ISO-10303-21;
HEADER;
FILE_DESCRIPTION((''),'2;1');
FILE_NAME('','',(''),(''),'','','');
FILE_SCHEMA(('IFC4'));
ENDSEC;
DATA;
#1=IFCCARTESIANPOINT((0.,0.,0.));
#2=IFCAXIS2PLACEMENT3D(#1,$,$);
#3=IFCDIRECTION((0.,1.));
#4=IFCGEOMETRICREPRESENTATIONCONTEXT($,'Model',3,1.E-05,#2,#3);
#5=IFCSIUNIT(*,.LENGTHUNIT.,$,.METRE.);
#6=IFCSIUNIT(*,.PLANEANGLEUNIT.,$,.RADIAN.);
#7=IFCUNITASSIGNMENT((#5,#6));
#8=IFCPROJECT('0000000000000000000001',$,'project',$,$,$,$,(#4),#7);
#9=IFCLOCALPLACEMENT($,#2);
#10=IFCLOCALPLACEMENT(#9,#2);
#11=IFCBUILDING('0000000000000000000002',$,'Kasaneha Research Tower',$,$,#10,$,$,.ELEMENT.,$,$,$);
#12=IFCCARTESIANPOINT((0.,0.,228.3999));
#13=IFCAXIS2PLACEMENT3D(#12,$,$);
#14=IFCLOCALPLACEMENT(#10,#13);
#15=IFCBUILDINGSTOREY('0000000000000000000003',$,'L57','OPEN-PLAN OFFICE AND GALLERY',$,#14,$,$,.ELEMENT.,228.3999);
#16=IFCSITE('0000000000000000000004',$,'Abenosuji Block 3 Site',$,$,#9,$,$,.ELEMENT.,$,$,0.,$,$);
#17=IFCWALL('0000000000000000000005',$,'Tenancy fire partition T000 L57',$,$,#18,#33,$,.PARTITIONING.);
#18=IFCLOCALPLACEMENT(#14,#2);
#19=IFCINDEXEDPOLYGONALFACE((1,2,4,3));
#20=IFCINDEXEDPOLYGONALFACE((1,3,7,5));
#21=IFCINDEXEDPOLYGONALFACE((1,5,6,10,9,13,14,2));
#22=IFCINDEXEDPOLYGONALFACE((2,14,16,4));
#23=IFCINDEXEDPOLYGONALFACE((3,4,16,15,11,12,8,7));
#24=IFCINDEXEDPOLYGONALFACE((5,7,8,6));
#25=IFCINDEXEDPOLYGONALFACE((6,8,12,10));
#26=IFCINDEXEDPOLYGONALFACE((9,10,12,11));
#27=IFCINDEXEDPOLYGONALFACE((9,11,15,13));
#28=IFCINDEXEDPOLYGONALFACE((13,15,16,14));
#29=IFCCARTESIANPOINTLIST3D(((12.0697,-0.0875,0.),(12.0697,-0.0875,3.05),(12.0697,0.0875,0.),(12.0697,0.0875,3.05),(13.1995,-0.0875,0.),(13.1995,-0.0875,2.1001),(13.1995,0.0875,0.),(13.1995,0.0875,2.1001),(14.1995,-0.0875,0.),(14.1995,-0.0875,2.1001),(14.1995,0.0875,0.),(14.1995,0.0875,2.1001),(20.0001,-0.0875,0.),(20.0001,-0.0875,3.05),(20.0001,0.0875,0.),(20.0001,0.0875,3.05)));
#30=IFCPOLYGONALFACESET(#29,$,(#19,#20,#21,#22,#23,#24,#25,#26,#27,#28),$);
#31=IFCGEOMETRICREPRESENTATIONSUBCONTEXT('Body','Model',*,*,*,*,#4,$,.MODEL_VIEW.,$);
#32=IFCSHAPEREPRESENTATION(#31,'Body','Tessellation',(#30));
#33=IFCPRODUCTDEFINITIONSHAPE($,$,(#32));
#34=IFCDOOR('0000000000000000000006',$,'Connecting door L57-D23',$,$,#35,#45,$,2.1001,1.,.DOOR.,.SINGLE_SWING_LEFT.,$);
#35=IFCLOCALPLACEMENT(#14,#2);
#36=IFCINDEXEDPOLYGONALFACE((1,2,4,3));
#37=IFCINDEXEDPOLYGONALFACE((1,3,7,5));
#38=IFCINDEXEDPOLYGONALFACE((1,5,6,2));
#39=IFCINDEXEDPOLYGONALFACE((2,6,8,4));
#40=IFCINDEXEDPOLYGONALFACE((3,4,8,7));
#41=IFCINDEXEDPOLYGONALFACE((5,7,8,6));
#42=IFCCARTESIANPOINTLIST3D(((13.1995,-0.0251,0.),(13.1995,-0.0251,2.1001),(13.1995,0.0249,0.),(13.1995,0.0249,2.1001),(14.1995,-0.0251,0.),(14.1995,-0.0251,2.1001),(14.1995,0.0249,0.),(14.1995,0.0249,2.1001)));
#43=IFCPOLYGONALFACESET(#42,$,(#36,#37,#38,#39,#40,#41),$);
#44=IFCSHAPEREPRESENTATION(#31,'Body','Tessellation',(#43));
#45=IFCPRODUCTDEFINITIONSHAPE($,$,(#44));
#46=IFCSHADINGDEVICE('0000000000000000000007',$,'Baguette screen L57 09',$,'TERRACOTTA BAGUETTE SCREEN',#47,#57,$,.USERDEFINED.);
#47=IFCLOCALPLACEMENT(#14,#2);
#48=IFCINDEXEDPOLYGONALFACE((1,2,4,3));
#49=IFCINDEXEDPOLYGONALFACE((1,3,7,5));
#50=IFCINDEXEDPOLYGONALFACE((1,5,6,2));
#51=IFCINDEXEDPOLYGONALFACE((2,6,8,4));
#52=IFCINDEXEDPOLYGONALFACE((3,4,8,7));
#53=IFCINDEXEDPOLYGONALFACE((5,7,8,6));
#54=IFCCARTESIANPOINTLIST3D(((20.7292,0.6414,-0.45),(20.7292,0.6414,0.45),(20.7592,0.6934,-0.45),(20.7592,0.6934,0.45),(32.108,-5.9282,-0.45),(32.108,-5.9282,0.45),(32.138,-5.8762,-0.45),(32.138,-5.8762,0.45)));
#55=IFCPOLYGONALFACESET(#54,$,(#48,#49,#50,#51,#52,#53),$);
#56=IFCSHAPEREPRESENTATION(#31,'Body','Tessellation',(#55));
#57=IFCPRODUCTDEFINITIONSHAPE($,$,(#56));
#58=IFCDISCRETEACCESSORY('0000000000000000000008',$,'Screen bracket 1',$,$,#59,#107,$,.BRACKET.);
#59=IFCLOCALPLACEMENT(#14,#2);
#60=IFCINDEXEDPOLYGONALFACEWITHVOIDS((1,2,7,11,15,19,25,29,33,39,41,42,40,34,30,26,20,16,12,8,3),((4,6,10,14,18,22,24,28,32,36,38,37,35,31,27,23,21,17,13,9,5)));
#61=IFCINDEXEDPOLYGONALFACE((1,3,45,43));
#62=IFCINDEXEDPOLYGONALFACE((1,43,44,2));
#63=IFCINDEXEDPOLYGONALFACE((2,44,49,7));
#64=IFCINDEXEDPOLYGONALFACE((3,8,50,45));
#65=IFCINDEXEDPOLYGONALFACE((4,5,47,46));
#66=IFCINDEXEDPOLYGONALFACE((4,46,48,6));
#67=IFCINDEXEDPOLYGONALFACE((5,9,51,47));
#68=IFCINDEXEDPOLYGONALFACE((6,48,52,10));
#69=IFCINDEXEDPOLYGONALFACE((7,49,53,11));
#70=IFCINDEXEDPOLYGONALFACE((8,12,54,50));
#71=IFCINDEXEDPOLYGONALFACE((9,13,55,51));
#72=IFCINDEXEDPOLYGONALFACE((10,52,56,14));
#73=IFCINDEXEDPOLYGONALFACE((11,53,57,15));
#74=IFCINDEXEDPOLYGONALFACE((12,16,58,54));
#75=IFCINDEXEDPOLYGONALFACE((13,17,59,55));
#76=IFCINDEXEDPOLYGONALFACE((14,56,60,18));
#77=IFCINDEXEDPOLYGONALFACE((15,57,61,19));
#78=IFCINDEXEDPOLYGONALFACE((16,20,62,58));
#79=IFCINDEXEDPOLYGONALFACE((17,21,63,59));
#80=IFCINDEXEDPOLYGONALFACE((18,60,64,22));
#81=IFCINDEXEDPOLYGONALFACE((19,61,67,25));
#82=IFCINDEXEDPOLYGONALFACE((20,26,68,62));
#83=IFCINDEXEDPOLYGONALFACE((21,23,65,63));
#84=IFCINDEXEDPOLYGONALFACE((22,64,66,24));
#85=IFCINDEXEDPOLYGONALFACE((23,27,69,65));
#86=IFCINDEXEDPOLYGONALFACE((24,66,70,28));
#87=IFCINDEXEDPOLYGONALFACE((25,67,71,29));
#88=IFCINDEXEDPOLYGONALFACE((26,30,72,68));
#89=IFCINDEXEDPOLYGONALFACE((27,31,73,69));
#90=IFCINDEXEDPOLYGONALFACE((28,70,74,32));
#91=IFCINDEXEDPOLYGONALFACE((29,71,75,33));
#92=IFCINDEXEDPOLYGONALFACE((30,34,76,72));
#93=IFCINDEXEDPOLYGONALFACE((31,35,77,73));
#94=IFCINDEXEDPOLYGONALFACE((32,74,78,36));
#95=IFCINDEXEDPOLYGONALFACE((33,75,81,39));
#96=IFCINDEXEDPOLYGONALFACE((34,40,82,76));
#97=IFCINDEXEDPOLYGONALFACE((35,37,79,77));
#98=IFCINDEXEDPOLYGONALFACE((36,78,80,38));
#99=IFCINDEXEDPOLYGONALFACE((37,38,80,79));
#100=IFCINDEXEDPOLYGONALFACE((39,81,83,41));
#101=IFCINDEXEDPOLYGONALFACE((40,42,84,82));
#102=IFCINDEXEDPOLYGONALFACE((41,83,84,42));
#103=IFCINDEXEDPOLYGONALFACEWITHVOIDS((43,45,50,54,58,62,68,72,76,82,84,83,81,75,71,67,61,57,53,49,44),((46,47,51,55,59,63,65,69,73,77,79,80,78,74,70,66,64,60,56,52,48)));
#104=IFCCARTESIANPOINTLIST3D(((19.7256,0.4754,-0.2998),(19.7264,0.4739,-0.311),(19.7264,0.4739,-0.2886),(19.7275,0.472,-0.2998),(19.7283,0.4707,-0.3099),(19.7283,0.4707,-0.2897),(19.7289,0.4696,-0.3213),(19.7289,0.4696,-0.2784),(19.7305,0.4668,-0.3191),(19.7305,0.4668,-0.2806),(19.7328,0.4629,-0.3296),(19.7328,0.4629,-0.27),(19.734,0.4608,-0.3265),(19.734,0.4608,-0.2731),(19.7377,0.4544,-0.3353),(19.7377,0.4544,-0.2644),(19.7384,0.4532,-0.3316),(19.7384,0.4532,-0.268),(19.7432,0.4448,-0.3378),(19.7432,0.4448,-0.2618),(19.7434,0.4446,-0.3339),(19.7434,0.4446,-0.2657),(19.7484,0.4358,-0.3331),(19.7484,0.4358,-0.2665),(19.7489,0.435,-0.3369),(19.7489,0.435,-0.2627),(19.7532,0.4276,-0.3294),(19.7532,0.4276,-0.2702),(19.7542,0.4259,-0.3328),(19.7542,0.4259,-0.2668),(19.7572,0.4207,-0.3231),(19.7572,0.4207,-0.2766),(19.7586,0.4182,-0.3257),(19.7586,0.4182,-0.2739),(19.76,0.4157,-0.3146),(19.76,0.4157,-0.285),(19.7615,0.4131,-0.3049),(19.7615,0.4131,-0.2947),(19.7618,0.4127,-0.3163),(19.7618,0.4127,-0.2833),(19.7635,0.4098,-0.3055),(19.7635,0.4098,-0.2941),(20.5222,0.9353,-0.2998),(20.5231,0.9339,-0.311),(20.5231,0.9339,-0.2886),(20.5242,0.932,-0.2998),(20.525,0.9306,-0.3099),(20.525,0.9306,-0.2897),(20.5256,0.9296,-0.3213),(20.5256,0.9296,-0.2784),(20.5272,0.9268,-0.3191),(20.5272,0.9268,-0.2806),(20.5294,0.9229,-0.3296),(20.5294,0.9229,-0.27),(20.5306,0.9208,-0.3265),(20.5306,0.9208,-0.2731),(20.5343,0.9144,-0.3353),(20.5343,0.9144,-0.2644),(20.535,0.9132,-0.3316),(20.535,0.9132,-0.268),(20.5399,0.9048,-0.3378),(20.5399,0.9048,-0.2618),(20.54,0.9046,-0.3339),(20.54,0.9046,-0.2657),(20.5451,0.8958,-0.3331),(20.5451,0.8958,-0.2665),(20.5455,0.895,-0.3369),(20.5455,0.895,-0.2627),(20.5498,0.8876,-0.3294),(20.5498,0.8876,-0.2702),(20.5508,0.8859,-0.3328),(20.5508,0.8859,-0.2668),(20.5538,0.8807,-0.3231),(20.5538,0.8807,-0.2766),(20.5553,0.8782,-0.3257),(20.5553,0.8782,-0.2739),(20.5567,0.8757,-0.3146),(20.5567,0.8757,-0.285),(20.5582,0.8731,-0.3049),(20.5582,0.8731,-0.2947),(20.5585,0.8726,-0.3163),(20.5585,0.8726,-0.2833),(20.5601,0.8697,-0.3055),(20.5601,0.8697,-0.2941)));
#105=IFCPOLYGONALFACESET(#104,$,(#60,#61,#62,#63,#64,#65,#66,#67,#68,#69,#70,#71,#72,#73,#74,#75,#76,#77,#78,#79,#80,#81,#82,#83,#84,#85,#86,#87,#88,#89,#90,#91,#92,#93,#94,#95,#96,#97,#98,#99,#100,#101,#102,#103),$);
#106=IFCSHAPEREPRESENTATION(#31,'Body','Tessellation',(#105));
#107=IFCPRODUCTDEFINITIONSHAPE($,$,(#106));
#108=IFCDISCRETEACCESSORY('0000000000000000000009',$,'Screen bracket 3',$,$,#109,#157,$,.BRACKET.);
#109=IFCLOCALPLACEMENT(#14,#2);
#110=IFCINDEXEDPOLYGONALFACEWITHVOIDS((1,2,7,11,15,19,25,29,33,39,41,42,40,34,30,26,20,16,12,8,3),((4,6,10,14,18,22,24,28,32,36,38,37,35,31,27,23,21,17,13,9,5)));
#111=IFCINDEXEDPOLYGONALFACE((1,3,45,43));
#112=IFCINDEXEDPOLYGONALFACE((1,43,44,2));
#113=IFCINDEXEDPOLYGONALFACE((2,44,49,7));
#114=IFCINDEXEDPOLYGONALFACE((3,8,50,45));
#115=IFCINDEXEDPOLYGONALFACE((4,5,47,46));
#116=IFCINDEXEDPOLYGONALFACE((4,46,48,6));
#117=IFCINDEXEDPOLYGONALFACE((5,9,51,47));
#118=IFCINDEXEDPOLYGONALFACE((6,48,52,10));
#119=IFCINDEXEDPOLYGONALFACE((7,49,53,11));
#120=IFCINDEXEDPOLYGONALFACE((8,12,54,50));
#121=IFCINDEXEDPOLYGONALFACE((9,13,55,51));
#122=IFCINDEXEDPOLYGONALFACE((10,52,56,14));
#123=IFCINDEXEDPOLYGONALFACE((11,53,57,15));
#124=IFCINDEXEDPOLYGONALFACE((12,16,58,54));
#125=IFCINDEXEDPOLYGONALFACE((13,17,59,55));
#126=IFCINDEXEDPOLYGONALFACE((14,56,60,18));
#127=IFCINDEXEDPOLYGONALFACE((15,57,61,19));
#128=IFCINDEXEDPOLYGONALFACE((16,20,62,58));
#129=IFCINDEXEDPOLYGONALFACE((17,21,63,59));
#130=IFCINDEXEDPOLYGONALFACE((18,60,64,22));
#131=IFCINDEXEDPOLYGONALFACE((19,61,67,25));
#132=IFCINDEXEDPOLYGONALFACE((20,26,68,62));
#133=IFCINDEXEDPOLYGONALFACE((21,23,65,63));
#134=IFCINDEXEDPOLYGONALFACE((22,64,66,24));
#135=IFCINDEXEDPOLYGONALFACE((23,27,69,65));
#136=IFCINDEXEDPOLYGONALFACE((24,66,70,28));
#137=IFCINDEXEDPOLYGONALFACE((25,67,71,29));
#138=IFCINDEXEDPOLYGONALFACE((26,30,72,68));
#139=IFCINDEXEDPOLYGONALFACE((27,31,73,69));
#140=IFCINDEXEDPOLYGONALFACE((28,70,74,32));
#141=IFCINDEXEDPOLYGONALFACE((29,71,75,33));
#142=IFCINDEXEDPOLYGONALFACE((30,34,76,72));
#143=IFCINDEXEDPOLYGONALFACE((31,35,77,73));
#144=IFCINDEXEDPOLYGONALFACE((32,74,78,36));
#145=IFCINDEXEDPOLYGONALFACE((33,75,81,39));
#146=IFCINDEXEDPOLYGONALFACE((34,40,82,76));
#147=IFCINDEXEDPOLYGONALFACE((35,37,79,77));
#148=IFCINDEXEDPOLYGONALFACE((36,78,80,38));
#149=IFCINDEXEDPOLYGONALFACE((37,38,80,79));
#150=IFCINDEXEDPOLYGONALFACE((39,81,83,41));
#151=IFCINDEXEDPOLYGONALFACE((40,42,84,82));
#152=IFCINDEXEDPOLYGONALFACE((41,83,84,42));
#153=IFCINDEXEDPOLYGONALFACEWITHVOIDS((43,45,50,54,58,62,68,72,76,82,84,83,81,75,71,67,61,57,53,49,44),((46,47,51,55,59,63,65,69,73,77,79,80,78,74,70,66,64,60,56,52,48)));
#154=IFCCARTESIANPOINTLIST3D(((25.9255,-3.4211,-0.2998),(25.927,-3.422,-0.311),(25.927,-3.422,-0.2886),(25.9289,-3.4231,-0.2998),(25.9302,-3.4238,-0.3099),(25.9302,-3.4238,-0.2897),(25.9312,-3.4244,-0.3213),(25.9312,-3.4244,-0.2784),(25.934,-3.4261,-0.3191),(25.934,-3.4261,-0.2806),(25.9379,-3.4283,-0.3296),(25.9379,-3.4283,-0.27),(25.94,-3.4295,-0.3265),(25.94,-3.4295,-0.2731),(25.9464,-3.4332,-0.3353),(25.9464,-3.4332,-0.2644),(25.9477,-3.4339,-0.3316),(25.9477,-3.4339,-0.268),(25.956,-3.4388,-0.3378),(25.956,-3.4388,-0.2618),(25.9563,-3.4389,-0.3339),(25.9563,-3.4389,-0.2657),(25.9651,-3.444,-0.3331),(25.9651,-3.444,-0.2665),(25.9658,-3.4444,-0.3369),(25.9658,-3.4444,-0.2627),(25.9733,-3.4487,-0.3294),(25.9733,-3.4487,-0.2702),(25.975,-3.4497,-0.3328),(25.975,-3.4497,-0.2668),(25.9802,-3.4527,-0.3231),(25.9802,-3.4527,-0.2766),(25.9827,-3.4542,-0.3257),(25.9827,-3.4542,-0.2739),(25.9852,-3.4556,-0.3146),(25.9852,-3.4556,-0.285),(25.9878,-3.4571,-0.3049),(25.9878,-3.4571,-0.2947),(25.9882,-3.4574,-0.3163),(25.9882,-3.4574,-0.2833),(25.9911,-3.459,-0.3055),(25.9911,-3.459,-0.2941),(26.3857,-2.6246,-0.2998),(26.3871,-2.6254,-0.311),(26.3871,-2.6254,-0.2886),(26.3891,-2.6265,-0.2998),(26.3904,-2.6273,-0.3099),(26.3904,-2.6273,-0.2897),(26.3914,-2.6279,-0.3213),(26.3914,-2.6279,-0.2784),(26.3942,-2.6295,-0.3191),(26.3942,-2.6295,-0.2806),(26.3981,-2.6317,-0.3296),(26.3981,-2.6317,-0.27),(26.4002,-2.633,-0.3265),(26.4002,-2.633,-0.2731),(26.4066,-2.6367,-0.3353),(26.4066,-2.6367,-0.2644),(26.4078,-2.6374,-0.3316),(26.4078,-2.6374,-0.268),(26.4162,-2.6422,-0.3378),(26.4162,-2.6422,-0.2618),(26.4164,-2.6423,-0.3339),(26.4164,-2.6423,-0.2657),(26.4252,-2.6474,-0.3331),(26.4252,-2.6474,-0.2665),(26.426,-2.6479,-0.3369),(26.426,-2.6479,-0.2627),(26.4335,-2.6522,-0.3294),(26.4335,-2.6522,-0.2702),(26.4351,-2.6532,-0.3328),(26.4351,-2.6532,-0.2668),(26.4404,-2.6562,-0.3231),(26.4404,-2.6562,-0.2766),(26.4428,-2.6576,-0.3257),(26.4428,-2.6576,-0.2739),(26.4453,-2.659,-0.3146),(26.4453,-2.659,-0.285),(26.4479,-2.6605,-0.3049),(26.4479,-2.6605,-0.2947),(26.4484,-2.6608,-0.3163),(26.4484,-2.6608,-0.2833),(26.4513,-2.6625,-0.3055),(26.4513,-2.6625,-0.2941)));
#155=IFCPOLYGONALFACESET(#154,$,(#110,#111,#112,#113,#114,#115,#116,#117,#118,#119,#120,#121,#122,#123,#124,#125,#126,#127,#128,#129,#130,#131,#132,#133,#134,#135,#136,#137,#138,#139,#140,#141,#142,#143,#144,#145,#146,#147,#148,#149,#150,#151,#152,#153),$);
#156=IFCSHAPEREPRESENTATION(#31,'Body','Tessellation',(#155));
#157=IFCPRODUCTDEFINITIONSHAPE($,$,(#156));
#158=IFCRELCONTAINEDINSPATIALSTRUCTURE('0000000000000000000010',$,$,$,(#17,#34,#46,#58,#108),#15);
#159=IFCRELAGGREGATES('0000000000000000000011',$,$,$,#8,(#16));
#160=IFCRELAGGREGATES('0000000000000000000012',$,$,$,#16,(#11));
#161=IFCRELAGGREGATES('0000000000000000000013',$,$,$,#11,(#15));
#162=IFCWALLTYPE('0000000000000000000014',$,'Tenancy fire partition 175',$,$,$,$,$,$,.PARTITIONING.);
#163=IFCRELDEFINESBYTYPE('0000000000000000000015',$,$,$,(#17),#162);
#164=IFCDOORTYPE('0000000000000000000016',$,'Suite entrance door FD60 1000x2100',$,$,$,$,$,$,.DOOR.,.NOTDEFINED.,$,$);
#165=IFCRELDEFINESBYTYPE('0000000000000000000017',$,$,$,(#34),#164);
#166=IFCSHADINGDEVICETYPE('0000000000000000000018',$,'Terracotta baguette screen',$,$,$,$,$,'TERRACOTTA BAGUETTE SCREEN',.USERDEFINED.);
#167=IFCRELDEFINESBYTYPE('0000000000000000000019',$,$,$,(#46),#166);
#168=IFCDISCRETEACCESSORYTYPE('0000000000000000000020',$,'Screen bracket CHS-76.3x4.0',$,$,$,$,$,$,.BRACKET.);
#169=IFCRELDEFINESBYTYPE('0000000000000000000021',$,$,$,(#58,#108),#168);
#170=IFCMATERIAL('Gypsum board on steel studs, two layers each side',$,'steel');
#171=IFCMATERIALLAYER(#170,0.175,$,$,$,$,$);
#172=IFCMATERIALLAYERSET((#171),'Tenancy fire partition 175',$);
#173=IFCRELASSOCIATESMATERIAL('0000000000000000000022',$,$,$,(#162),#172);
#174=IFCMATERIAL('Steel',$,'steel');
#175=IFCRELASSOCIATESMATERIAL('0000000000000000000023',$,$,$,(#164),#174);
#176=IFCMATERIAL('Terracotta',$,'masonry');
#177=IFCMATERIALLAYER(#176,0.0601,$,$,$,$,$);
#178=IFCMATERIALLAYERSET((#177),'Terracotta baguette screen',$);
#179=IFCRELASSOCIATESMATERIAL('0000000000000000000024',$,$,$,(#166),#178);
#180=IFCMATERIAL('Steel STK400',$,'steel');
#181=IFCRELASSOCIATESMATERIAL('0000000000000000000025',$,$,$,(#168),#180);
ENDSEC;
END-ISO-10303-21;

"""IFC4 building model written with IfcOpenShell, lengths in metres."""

from ifc_helpers import new_model, si_unit, direction, frame, frame_2d, origin, origin_2d, place, context, subcontext, project, spatial, rectangle, hollow_circle, extrude, material, layer, layer_set, material_profile, profile_set, type_object, element, fill, save


model = new_model("IFC4")

# Units and contexts
model_context = context("Model", 3, precision=1e-05, world=origin(), true_north=direction((0.0, 1.0)))
body_context = subcontext(model_context, "Body", "Model", "MODEL_VIEW")
ifc_project = project(units=[si_unit("LENGTHUNIT", "METRE"), si_unit("PLANEANGLEUNIT", "RADIAN")], contexts=[model_context])

# Site, building, storey
site_placement = place(None, origin())
site = spatial("IfcSite", under=ifc_project, at=site_placement, Name="Abenosuji Block 3 Site", CompositionType="ELEMENT", RefElevation=0.0)
building_placement = place(site_placement, origin())
building = spatial("IfcBuilding", under=site, at=building_placement, Name="Kasaneha Research Tower", CompositionType="ELEMENT")
storey_placement = place(building_placement, frame((0.0, 0.0, 228.3999)))
storey = spatial("IfcBuildingStorey", under=building, at=storey_placement, Name="L57", Description="OPEN-PLAN OFFICE AND GALLERY", CompositionType="ELEMENT", Elevation=228.3999)

# Wall, opening, door
ifc_material_1 = material(Name="Gypsum board on steel studs, two layers each side", Category="steel")
ifc_layer_1 = layer(ifc_material_1, 0.175)
ifc_layer_set_1 = layer_set([ifc_layer_1], Name="Tenancy fire partition 175")
wall_type_1 = type_object("IfcWallType", Name="Tenancy fire partition 175", PredefinedType="PARTITIONING", material=ifc_layer_set_1)
wall_1_placement = place(storey_placement, frame((12.0696, 0.0, 0.0), z_axis=(0.0, 0.0, 1.0), x_axis=(1.0, 0.0, 0.0)))
wall_1 = element("IfcWall", 1, at=wall_1_placement, inside=storey, type_object=wall_type_1, Name="Tenancy fire partition T000 L57", PredefinedType="PARTITIONING", context=body_context, shape_type="SweptSolid", body=[
    extrude(rectangle(XDim=7.9304, YDim=0.175, at=frame_2d((3.9653, 0.0))), origin(), (0.0, 0.0, 1.0), 3.05),
])
opening_1_placement = place(wall_1_placement, frame((1.1299, 0.0, 0.0)))
opening_1 = element("IfcOpeningElement", 2, at=opening_1_placement, cuts=wall_1, PredefinedType="OPENING", context=body_context, shape_type="SweptSolid", body=[
    extrude(rectangle(XDim=1.0, YDim=2.1001, at=frame_2d((0.5, 1.05))), frame((0.0, 0.0977, 0.0), z_axis=(0.0, -1.0, 0.0), x_axis=(1.0, 0.0, 0.0)), (0.0, 0.0, 1.0), 0.1951),
])
ifc_material_2 = material(Name="Steel", Category="steel")
door_type_1 = type_object("IfcDoorType", Name="Suite entrance door FD60 1000x2100", OperationType="NOTDEFINED", PredefinedType="DOOR", material=ifc_material_2)
door_1_placement = place(opening_1_placement, origin())
door_1 = element("IfcDoor", 3, at=door_1_placement, inside=storey, type_object=door_type_1, Name="Connecting door L57-D23", OperationType="SINGLE_SWING_LEFT", OverallHeight=2.1001, OverallWidth=1.0, PredefinedType="DOOR", context=body_context, shape_type="SweptSolid", body=[
    extrude(rectangle(XDim=1.0, YDim=2.1001, at=frame_2d((0.5, 1.05))), frame((0.0, 0.0249, 0.0), z_axis=(0.0, -1.0, 0.0), x_axis=(1.0, 0.0, 0.0)), (0.0, 0.0, 1.0), 0.05),
])
fill(opening_1, door_1)

# Shading device
ifc_material_3 = material(Name="Terracotta", Category="masonry")
ifc_layer_2 = layer(ifc_material_3, 0.0601)
ifc_layer_set_2 = layer_set([ifc_layer_2], Name="Terracotta baguette screen")
shading_device_type = type_object("IfcShadingDeviceType", Name="Terracotta baguette screen", ElementType="TERRACOTTA BAGUETTE SCREEN", PredefinedType="USERDEFINED", material=ifc_layer_set_2)
shading_device_placement = place(storey_placement, frame((26.4336, -2.6174, -0.45), z_axis=(0.0, 0.0, 1.0), x_axis=(-0.866025, 0.5, 0.0)))
element("IfcShadingDevice", 4, at=shading_device_placement, inside=storey, type_object=shading_device_type, Name="Baguette screen L57 09", ObjectType="TERRACOTTA BAGUETTE SCREEN", PredefinedType="USERDEFINED", context=body_context, shape_type="SweptSolid", body=[
    extrude(rectangle(XDim=13.1392, YDim=0.0601, at=origin_2d()), origin(), (0.0, 0.0, 1.0), 0.8999),
])

# Discrete accessories
ifc_material_4 = material(Name="Steel STK400", Category="steel")
ifc_material_profile_1 = material_profile(ifc_material_4, hollow_circle(Radius=0.0381, WallThickness=0.0039, at=origin_2d()), Name="CHS-76.3x4.0")
ifc_profile_set_1 = profile_set([ifc_material_profile_1], Name="Steel STK400")
discrete_accessory_type = type_object("IfcDiscreteAccessoryType", Name="Screen bracket CHS-76.3x4.0", PredefinedType="BRACKET", material=ifc_profile_set_1)
for number, where, z_axis, x_axis, name in (
    (5, (19.7446, 0.4424, -0.2998), (0.866013, 0.500021, 0.0), (-0.500021, 0.866013, 0.0), "Screen bracket 1"),
    (6, (25.9585, -3.4402, -0.2998), (0.50022, 0.865898, 0.0), (-0.865898, 0.50022, 0.0), "Screen bracket 3"),
):
    element("IfcDiscreteAccessory", number, at=place(storey_placement, frame(where, z_axis=z_axis, x_axis=x_axis)), inside=storey, type_object=discrete_accessory_type, Name=name, PredefinedType="BRACKET", context=body_context, shape_type="SweptSolid", body=[
        extrude(hollow_circle(Radius=0.0381, WallThickness=0.0039, at=origin_2d()), origin(), (0.0, 0.0, 1.0), 0.9199),
    ])

save(model, "model.ifc")
